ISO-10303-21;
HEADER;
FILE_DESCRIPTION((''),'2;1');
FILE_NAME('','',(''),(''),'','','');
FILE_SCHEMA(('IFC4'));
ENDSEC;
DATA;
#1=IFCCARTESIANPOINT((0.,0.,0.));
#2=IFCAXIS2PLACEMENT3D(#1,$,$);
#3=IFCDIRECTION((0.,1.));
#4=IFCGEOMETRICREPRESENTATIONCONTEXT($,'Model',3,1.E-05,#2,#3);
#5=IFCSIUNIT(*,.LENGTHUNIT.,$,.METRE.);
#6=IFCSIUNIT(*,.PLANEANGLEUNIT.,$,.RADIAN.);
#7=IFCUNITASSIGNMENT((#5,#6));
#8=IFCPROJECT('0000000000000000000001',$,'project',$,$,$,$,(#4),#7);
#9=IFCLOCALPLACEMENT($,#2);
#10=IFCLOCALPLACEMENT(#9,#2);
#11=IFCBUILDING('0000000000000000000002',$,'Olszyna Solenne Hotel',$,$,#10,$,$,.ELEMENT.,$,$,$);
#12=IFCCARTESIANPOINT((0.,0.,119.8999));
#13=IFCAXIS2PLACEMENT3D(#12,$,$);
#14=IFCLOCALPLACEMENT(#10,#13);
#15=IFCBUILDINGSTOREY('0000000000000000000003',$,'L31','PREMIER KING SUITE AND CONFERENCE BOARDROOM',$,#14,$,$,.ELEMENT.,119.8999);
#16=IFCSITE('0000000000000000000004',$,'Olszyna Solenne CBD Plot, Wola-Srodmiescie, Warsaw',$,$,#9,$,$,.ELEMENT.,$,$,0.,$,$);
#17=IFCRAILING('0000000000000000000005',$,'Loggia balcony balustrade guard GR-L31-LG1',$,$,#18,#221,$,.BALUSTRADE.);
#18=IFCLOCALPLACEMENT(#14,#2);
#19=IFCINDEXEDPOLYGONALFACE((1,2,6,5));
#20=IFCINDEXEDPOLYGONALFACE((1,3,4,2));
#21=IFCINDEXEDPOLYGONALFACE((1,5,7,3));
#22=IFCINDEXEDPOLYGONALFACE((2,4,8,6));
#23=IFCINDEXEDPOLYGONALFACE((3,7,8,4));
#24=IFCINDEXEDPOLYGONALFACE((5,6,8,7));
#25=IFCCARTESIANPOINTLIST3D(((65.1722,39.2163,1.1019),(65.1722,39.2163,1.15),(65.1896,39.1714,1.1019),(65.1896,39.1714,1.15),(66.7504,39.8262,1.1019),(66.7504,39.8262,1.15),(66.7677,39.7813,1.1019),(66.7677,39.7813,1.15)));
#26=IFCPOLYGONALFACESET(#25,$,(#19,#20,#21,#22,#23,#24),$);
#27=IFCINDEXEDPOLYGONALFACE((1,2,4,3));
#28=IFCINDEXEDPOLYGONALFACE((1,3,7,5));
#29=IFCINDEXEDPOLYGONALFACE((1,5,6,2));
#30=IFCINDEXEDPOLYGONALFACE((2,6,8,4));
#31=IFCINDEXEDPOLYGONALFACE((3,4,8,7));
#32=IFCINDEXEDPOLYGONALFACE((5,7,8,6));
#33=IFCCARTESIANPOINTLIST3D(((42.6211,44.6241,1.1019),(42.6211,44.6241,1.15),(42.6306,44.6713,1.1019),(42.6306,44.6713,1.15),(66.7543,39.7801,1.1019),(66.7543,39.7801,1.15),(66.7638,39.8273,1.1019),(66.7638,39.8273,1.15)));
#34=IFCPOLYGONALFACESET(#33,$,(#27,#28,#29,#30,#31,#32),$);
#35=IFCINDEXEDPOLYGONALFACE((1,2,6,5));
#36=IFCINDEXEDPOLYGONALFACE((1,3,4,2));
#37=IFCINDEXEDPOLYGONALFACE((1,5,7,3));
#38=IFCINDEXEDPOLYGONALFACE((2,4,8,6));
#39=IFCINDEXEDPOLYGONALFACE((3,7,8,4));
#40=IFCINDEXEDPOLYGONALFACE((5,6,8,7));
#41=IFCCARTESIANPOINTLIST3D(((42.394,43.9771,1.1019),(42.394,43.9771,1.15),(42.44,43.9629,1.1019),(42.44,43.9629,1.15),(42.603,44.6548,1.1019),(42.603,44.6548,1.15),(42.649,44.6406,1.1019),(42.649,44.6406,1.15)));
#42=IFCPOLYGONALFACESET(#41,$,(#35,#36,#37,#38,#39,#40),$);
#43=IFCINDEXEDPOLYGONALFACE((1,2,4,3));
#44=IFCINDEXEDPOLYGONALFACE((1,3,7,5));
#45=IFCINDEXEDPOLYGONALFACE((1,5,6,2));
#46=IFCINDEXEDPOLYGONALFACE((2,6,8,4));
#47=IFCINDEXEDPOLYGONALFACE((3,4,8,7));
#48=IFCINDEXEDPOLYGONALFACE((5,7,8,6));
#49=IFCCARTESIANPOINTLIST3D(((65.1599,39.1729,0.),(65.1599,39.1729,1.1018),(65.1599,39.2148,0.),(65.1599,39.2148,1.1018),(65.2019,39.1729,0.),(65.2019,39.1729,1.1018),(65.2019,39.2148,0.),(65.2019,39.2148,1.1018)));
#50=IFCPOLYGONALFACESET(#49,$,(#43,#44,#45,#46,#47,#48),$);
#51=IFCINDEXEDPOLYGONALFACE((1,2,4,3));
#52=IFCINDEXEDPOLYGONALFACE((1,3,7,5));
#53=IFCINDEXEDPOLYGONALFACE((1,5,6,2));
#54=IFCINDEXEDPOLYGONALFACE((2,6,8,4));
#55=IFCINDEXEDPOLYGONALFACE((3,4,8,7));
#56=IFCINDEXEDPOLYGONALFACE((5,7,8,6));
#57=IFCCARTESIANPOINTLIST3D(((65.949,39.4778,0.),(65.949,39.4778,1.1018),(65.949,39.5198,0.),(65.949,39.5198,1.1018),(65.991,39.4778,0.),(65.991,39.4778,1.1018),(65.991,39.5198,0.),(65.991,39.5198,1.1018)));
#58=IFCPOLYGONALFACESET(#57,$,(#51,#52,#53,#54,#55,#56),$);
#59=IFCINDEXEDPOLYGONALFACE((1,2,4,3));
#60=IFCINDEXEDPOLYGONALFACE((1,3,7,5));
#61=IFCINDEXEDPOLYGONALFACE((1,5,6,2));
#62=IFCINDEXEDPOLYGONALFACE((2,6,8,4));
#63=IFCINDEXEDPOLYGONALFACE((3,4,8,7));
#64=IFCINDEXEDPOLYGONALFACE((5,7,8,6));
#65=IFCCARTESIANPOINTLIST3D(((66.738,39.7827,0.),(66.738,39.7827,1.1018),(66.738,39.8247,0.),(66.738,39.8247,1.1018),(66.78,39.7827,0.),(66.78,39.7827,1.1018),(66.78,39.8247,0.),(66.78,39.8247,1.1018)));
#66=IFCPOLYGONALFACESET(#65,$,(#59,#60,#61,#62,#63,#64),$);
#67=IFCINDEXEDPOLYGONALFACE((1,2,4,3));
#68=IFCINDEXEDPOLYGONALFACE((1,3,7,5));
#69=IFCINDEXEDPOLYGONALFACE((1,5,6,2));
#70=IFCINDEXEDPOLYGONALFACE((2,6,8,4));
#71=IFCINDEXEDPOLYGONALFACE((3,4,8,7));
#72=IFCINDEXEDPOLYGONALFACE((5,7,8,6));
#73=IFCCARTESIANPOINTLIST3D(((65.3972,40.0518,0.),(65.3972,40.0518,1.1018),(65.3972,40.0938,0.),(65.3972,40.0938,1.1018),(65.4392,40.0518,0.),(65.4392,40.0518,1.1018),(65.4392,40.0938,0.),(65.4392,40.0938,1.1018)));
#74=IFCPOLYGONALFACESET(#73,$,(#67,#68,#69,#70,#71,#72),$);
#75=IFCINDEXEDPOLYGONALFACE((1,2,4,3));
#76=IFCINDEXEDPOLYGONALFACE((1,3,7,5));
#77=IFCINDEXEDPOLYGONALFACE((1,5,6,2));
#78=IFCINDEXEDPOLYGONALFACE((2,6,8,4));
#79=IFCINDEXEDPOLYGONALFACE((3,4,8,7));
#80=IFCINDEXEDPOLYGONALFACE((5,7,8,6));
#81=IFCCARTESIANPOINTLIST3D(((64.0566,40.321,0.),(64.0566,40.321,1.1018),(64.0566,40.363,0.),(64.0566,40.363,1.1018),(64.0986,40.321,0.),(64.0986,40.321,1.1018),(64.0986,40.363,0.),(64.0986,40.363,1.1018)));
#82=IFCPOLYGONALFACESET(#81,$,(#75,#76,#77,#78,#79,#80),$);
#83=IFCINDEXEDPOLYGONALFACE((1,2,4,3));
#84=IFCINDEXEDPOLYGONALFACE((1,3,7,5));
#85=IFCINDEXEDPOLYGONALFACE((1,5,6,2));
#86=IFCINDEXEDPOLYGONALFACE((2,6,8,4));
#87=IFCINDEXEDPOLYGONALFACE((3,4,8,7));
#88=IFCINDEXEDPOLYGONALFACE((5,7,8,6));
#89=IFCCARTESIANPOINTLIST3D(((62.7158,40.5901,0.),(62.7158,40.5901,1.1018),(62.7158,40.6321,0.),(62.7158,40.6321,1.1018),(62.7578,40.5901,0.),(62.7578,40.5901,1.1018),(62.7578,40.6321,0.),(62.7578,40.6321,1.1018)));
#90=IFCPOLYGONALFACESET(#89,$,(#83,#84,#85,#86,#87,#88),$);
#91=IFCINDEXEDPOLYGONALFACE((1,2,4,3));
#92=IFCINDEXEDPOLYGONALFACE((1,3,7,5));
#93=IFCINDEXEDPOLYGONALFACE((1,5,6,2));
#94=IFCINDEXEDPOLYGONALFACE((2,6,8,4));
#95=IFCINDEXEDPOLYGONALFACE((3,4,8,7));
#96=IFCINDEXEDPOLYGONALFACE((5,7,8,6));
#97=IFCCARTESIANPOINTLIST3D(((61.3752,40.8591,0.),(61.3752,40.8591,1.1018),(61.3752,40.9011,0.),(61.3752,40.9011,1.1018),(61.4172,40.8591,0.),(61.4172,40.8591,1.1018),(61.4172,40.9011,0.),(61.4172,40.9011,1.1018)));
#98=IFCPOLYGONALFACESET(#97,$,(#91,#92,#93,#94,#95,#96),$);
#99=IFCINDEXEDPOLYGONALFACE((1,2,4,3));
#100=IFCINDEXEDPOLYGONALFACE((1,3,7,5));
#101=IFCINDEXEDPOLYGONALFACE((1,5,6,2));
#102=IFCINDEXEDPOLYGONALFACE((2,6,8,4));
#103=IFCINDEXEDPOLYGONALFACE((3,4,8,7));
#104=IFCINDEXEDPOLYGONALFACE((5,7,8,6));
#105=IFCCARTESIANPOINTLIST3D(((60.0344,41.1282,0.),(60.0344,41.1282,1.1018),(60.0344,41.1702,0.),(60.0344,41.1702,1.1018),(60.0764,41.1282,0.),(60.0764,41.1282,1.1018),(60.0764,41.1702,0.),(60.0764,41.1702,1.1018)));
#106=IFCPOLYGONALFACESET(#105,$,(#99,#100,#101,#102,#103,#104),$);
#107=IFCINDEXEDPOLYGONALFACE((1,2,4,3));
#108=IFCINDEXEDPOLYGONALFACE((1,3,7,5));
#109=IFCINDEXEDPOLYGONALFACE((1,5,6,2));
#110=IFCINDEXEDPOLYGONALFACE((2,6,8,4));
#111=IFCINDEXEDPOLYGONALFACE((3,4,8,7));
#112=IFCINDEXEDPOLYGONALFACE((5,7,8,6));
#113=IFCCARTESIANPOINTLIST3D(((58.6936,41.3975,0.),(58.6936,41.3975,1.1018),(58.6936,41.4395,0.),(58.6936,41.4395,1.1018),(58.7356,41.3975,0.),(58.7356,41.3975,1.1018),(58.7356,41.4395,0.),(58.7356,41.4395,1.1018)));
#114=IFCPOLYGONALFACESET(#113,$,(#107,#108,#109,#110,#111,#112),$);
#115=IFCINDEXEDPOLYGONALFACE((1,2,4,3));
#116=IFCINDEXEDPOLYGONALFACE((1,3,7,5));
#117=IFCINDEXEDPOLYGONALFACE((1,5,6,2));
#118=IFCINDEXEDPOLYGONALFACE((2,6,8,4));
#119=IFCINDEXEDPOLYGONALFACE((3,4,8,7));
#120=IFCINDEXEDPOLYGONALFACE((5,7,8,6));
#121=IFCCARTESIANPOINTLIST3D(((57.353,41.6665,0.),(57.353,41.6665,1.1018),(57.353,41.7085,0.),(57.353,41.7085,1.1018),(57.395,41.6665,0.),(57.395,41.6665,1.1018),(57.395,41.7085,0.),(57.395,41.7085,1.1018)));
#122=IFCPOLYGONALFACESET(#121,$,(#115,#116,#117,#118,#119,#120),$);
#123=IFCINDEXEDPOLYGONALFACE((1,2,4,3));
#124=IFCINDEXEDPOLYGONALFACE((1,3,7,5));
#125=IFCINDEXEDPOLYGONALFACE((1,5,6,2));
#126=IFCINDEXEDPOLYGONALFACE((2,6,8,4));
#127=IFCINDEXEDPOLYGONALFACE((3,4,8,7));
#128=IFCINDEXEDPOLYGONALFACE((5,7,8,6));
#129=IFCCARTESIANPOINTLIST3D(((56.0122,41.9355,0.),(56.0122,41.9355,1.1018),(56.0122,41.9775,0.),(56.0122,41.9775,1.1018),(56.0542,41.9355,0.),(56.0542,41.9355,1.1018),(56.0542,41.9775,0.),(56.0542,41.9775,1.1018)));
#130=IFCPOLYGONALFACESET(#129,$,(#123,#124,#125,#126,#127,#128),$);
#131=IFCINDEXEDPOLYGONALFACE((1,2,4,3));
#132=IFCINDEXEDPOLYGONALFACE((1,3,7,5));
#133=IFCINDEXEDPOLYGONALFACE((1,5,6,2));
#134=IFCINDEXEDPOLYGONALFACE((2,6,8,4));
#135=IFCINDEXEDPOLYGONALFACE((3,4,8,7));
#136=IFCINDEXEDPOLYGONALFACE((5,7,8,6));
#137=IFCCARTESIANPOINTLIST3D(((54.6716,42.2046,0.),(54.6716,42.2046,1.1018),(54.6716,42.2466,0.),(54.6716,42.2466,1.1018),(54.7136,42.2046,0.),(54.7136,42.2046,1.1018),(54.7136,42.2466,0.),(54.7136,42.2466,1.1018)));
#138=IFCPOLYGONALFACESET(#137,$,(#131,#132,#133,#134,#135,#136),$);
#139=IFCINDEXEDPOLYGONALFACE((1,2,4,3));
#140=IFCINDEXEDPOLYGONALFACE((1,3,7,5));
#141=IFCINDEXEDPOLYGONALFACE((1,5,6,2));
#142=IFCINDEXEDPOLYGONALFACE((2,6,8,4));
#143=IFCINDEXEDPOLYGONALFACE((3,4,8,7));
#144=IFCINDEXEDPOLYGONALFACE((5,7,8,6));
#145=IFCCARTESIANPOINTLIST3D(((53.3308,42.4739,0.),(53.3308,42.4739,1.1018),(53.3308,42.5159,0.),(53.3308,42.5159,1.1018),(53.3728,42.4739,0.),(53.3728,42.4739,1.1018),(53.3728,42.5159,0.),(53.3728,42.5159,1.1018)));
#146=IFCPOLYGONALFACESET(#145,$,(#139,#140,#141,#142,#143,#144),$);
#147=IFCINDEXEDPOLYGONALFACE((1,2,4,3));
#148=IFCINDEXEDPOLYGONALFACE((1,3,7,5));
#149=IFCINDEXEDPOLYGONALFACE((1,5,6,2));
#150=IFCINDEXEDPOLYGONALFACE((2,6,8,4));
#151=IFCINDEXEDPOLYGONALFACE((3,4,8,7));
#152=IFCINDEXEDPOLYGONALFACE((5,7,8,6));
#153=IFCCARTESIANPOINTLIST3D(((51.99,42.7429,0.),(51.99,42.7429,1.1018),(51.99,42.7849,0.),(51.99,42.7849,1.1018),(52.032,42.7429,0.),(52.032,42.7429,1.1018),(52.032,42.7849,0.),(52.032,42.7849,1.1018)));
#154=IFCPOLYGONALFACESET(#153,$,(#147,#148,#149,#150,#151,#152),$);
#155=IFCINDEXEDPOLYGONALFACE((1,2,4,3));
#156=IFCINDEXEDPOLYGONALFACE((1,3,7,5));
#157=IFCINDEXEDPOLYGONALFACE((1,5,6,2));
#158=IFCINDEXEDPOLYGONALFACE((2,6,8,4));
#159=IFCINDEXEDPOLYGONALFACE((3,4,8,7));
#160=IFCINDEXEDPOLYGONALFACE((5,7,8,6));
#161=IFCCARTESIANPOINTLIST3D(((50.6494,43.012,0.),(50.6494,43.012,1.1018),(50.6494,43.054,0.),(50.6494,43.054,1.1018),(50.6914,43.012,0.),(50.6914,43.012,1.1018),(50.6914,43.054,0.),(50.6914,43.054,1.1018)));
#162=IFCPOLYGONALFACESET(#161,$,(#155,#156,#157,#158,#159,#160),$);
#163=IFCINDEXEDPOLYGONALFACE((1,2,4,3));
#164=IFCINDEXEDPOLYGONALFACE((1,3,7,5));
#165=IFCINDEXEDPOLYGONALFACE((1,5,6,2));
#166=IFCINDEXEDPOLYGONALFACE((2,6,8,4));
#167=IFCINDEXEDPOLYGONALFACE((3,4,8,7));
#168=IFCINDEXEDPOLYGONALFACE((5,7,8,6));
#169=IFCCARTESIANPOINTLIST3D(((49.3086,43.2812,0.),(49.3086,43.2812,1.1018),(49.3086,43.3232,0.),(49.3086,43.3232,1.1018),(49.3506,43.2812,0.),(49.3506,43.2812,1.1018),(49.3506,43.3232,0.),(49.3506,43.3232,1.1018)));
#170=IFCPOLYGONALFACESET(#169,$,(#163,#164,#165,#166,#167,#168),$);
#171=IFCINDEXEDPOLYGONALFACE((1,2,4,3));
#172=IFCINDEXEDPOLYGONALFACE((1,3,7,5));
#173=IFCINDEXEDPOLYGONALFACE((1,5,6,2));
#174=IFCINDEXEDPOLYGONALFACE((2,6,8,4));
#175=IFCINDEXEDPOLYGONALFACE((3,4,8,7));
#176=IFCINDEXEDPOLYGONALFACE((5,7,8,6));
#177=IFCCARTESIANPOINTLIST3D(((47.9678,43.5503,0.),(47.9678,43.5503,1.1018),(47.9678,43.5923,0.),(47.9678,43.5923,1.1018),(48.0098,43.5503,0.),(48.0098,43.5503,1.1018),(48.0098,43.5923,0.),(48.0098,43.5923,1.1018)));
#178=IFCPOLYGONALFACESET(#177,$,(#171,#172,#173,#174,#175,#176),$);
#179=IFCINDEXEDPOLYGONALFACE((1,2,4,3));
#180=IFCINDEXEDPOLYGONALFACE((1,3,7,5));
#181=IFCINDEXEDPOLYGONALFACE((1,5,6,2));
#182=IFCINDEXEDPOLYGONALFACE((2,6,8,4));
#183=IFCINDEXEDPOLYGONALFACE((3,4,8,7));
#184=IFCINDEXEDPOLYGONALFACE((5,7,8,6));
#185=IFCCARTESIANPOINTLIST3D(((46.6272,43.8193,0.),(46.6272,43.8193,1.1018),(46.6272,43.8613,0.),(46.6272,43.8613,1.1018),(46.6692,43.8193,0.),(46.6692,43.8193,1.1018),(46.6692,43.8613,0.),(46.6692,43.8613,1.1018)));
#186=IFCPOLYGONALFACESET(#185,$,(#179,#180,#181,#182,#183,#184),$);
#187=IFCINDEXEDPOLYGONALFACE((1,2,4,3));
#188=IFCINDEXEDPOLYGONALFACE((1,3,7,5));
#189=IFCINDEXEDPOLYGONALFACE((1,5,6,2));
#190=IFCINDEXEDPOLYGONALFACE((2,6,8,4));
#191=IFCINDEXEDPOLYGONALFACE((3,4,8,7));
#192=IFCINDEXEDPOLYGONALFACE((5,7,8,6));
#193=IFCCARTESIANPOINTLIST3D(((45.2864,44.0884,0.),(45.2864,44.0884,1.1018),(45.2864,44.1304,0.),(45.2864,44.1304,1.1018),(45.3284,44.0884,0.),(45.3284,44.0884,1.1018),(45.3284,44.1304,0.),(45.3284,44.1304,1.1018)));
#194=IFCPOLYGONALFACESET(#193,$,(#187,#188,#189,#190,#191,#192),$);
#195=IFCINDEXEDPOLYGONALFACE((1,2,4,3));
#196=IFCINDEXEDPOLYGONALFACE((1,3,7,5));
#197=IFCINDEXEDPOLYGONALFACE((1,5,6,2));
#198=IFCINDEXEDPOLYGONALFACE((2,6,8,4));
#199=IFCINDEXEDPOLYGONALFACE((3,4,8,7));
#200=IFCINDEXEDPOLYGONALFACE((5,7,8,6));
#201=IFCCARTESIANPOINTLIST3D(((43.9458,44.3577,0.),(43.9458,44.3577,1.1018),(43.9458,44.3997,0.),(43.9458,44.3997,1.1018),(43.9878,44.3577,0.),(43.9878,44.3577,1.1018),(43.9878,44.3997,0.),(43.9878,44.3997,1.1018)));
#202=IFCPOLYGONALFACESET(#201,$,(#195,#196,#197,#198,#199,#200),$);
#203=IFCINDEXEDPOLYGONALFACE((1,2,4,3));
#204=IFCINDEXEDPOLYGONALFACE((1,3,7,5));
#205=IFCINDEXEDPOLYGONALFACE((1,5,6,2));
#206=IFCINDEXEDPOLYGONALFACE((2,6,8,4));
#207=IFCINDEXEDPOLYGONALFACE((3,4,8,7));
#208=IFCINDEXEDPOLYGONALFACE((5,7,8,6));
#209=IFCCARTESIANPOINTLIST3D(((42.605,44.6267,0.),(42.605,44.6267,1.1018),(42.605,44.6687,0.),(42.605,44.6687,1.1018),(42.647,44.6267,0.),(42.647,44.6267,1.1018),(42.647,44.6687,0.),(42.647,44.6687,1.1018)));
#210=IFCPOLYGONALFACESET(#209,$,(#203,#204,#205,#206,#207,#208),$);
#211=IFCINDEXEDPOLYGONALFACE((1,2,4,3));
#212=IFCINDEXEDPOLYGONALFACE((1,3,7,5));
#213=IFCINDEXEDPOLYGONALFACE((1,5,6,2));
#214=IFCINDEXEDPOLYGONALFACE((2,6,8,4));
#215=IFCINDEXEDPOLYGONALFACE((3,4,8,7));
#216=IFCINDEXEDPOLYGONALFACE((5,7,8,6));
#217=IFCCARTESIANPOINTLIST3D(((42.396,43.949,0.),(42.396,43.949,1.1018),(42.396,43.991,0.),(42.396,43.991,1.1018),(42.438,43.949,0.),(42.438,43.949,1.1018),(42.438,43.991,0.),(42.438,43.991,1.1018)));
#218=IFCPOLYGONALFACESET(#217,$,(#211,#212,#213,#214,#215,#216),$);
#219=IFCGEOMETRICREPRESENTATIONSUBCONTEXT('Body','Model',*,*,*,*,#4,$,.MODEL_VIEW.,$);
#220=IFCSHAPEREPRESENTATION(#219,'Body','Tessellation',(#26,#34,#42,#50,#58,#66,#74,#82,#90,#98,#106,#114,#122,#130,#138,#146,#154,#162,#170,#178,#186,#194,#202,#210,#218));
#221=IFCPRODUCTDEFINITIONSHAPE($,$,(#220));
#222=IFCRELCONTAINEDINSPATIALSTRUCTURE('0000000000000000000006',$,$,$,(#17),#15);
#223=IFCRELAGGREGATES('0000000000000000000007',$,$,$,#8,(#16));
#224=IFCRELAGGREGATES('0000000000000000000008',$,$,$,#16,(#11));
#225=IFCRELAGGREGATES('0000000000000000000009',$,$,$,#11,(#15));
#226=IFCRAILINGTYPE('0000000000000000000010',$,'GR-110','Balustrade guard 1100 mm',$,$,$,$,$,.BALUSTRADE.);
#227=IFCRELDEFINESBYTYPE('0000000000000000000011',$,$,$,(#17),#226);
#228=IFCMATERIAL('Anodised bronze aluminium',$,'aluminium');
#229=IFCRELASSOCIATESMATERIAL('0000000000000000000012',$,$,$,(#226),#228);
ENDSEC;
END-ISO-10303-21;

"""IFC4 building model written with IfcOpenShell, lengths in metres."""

from ifc_helpers import new_model, si_unit, direction, frame, origin, origin_2d, place, context, subcontext, project, spatial, rectangle, extrude, material, type_object, element, save


model = new_model("IFC4")

# Units and contexts
model_context = context("Model", 3, precision=1e-05, world=origin(), true_north=direction((0.0, 1.0)))
body_context = subcontext(model_context, "Body", "Model", "MODEL_VIEW")
ifc_project = project(units=[si_unit("LENGTHUNIT", "METRE"), si_unit("PLANEANGLEUNIT", "RADIAN")], contexts=[model_context])

# Site, building, storey
site_placement = place(None, origin())
site = spatial("IfcSite", under=ifc_project, at=site_placement, Name="Olszyna Solenne CBD Plot, Wola-Srodmiescie, Warsaw", CompositionType="ELEMENT", RefElevation=0.0)
building_placement = place(site_placement, origin())
building = spatial("IfcBuilding", under=site, at=building_placement, Name="Olszyna Solenne Hotel", CompositionType="ELEMENT")
storey_placement = place(building_placement, frame((0.0, 0.0, 119.8999)))
storey = spatial("IfcBuildingStorey", under=building, at=storey_placement, Name="L31", Description="PREMIER KING SUITE AND CONFERENCE BOARDROOM", CompositionType="ELEMENT", Elevation=119.8999)

# Railing
ifc_material_1 = material(Name="Anodised bronze aluminium", Category="aluminium")
railing_type = type_object("IfcRailingType", Name="GR-110", Description="Balustrade guard 1100 mm", PredefinedType="BALUSTRADE", material=ifc_material_1)
railing_placement = place(storey_placement, frame((65.1809, 39.1938, 0.0)))
element("IfcRailing", 1, at=railing_placement, inside=storey, type_object=railing_type, Name="Loggia balcony balustrade guard GR-L31-LG1", PredefinedType="BALUSTRADE", context=body_context, shape_type="SweptSolid", body=[
    extrude(rectangle(XDim=0.0481, YDim=0.0481, at=origin_2d()), frame((0.0, 0.0, 1.126), z_axis=(0.932772, 0.360468, 0.0), x_axis=(-0.360468, 0.932772, 0.0)), (0.0, 0.0, 1.0), 1.6919),
    extrude(rectangle(XDim=0.0481, YDim=0.0481, at=origin_2d()), frame((1.5781, 0.6099, 1.126), z_axis=(-0.980445, 0.196795, 0.0), x_axis=(-0.196795, -0.980445, 0.0)), (0.0, 0.0, 1.0), 24.6145),
    extrude(rectangle(XDim=0.0481, YDim=0.0481, at=origin_2d()), frame((-22.5549, 5.4539, 1.126), z_axis=(-0.294666, -0.9556, 0.0), x_axis=(0.9556, -0.294666, 0.0)), (0.0, 0.0, 1.0), 0.7092),
    extrude(rectangle(XDim=0.042, YDim=0.042, at=origin_2d()), origin(), (0.0, 0.0, 1.0), 1.1018),
    extrude(rectangle(XDim=0.042, YDim=0.042, at=origin_2d()), frame((0.7891, 0.3049, 0.0)), (0.0, 0.0, 1.0), 1.1018),
    extrude(rectangle(XDim=0.042, YDim=0.042, at=origin_2d()), frame((1.5781, 0.6099, 0.0)), (0.0, 0.0, 1.0), 1.1018),
    extrude(rectangle(XDim=0.042, YDim=0.042, at=origin_2d()), frame((0.2373, 0.8789, 0.0)), (0.0, 0.0, 1.0), 1.1018),
    extrude(rectangle(XDim=0.042, YDim=0.042, at=origin_2d()), frame((-1.1033, 1.1482, 0.0)), (0.0, 0.0, 1.0), 1.1018),
    extrude(rectangle(XDim=0.042, YDim=0.042, at=origin_2d()), frame((-2.4441, 1.4172, 0.0)), (0.0, 0.0, 1.0), 1.1018),
    extrude(rectangle(XDim=0.042, YDim=0.042, at=origin_2d()), frame((-3.7847, 1.6863, 0.0)), (0.0, 0.0, 1.0), 1.1018),
    extrude(rectangle(XDim=0.042, YDim=0.042, at=origin_2d()), frame((-5.1255, 1.9553, 0.0)), (0.0, 0.0, 1.0), 1.1018),
    extrude(rectangle(XDim=0.042, YDim=0.042, at=origin_2d()), frame((-6.4663, 2.2246, 0.0)), (0.0, 0.0, 1.0), 1.1018),
    extrude(rectangle(XDim=0.042, YDim=0.042, at=origin_2d()), frame((-7.8069, 2.4937, 0.0)), (0.0, 0.0, 1.0), 1.1018),
    extrude(rectangle(XDim=0.042, YDim=0.042, at=origin_2d()), frame((-9.1477, 2.7627, 0.0)), (0.0, 0.0, 1.0), 1.1018),
    extrude(rectangle(XDim=0.042, YDim=0.042, at=origin_2d()), frame((-10.4883, 3.0317, 0.0)), (0.0, 0.0, 1.0), 1.1018),
    extrude(rectangle(XDim=0.042, YDim=0.042, at=origin_2d()), frame((-11.8291, 3.301, 0.0)), (0.0, 0.0, 1.0), 1.1018),
    extrude(rectangle(XDim=0.042, YDim=0.042, at=origin_2d()), frame((-13.1699, 3.5701, 0.0)), (0.0, 0.0, 1.0), 1.1018),
    extrude(rectangle(XDim=0.042, YDim=0.042, at=origin_2d()), frame((-14.5105, 3.8391, 0.0)), (0.0, 0.0, 1.0), 1.1018),
    extrude(rectangle(XDim=0.042, YDim=0.042, at=origin_2d()), frame((-15.8513, 4.1084, 0.0)), (0.0, 0.0, 1.0), 1.1018),
    extrude(rectangle(XDim=0.042, YDim=0.042, at=origin_2d()), frame((-17.1921, 4.3774, 0.0)), (0.0, 0.0, 1.0), 1.1018),
    extrude(rectangle(XDim=0.042, YDim=0.042, at=origin_2d()), frame((-18.5327, 4.6465, 0.0)), (0.0, 0.0, 1.0), 1.1018),
    extrude(rectangle(XDim=0.042, YDim=0.042, at=origin_2d()), frame((-19.8735, 4.9155, 0.0)), (0.0, 0.0, 1.0), 1.1018),
    extrude(rectangle(XDim=0.042, YDim=0.042, at=origin_2d()), frame((-21.2141, 5.1848, 0.0)), (0.0, 0.0, 1.0), 1.1018),
    extrude(rectangle(XDim=0.042, YDim=0.042, at=origin_2d()), frame((-22.5549, 5.4539, 0.0)), (0.0, 0.0, 1.0), 1.1018),
    extrude(rectangle(XDim=0.042, YDim=0.042, at=origin_2d()), frame((-22.7639, 4.7761, 0.0)), (0.0, 0.0, 1.0), 1.1018),
])

save(model, "model.ifc")
